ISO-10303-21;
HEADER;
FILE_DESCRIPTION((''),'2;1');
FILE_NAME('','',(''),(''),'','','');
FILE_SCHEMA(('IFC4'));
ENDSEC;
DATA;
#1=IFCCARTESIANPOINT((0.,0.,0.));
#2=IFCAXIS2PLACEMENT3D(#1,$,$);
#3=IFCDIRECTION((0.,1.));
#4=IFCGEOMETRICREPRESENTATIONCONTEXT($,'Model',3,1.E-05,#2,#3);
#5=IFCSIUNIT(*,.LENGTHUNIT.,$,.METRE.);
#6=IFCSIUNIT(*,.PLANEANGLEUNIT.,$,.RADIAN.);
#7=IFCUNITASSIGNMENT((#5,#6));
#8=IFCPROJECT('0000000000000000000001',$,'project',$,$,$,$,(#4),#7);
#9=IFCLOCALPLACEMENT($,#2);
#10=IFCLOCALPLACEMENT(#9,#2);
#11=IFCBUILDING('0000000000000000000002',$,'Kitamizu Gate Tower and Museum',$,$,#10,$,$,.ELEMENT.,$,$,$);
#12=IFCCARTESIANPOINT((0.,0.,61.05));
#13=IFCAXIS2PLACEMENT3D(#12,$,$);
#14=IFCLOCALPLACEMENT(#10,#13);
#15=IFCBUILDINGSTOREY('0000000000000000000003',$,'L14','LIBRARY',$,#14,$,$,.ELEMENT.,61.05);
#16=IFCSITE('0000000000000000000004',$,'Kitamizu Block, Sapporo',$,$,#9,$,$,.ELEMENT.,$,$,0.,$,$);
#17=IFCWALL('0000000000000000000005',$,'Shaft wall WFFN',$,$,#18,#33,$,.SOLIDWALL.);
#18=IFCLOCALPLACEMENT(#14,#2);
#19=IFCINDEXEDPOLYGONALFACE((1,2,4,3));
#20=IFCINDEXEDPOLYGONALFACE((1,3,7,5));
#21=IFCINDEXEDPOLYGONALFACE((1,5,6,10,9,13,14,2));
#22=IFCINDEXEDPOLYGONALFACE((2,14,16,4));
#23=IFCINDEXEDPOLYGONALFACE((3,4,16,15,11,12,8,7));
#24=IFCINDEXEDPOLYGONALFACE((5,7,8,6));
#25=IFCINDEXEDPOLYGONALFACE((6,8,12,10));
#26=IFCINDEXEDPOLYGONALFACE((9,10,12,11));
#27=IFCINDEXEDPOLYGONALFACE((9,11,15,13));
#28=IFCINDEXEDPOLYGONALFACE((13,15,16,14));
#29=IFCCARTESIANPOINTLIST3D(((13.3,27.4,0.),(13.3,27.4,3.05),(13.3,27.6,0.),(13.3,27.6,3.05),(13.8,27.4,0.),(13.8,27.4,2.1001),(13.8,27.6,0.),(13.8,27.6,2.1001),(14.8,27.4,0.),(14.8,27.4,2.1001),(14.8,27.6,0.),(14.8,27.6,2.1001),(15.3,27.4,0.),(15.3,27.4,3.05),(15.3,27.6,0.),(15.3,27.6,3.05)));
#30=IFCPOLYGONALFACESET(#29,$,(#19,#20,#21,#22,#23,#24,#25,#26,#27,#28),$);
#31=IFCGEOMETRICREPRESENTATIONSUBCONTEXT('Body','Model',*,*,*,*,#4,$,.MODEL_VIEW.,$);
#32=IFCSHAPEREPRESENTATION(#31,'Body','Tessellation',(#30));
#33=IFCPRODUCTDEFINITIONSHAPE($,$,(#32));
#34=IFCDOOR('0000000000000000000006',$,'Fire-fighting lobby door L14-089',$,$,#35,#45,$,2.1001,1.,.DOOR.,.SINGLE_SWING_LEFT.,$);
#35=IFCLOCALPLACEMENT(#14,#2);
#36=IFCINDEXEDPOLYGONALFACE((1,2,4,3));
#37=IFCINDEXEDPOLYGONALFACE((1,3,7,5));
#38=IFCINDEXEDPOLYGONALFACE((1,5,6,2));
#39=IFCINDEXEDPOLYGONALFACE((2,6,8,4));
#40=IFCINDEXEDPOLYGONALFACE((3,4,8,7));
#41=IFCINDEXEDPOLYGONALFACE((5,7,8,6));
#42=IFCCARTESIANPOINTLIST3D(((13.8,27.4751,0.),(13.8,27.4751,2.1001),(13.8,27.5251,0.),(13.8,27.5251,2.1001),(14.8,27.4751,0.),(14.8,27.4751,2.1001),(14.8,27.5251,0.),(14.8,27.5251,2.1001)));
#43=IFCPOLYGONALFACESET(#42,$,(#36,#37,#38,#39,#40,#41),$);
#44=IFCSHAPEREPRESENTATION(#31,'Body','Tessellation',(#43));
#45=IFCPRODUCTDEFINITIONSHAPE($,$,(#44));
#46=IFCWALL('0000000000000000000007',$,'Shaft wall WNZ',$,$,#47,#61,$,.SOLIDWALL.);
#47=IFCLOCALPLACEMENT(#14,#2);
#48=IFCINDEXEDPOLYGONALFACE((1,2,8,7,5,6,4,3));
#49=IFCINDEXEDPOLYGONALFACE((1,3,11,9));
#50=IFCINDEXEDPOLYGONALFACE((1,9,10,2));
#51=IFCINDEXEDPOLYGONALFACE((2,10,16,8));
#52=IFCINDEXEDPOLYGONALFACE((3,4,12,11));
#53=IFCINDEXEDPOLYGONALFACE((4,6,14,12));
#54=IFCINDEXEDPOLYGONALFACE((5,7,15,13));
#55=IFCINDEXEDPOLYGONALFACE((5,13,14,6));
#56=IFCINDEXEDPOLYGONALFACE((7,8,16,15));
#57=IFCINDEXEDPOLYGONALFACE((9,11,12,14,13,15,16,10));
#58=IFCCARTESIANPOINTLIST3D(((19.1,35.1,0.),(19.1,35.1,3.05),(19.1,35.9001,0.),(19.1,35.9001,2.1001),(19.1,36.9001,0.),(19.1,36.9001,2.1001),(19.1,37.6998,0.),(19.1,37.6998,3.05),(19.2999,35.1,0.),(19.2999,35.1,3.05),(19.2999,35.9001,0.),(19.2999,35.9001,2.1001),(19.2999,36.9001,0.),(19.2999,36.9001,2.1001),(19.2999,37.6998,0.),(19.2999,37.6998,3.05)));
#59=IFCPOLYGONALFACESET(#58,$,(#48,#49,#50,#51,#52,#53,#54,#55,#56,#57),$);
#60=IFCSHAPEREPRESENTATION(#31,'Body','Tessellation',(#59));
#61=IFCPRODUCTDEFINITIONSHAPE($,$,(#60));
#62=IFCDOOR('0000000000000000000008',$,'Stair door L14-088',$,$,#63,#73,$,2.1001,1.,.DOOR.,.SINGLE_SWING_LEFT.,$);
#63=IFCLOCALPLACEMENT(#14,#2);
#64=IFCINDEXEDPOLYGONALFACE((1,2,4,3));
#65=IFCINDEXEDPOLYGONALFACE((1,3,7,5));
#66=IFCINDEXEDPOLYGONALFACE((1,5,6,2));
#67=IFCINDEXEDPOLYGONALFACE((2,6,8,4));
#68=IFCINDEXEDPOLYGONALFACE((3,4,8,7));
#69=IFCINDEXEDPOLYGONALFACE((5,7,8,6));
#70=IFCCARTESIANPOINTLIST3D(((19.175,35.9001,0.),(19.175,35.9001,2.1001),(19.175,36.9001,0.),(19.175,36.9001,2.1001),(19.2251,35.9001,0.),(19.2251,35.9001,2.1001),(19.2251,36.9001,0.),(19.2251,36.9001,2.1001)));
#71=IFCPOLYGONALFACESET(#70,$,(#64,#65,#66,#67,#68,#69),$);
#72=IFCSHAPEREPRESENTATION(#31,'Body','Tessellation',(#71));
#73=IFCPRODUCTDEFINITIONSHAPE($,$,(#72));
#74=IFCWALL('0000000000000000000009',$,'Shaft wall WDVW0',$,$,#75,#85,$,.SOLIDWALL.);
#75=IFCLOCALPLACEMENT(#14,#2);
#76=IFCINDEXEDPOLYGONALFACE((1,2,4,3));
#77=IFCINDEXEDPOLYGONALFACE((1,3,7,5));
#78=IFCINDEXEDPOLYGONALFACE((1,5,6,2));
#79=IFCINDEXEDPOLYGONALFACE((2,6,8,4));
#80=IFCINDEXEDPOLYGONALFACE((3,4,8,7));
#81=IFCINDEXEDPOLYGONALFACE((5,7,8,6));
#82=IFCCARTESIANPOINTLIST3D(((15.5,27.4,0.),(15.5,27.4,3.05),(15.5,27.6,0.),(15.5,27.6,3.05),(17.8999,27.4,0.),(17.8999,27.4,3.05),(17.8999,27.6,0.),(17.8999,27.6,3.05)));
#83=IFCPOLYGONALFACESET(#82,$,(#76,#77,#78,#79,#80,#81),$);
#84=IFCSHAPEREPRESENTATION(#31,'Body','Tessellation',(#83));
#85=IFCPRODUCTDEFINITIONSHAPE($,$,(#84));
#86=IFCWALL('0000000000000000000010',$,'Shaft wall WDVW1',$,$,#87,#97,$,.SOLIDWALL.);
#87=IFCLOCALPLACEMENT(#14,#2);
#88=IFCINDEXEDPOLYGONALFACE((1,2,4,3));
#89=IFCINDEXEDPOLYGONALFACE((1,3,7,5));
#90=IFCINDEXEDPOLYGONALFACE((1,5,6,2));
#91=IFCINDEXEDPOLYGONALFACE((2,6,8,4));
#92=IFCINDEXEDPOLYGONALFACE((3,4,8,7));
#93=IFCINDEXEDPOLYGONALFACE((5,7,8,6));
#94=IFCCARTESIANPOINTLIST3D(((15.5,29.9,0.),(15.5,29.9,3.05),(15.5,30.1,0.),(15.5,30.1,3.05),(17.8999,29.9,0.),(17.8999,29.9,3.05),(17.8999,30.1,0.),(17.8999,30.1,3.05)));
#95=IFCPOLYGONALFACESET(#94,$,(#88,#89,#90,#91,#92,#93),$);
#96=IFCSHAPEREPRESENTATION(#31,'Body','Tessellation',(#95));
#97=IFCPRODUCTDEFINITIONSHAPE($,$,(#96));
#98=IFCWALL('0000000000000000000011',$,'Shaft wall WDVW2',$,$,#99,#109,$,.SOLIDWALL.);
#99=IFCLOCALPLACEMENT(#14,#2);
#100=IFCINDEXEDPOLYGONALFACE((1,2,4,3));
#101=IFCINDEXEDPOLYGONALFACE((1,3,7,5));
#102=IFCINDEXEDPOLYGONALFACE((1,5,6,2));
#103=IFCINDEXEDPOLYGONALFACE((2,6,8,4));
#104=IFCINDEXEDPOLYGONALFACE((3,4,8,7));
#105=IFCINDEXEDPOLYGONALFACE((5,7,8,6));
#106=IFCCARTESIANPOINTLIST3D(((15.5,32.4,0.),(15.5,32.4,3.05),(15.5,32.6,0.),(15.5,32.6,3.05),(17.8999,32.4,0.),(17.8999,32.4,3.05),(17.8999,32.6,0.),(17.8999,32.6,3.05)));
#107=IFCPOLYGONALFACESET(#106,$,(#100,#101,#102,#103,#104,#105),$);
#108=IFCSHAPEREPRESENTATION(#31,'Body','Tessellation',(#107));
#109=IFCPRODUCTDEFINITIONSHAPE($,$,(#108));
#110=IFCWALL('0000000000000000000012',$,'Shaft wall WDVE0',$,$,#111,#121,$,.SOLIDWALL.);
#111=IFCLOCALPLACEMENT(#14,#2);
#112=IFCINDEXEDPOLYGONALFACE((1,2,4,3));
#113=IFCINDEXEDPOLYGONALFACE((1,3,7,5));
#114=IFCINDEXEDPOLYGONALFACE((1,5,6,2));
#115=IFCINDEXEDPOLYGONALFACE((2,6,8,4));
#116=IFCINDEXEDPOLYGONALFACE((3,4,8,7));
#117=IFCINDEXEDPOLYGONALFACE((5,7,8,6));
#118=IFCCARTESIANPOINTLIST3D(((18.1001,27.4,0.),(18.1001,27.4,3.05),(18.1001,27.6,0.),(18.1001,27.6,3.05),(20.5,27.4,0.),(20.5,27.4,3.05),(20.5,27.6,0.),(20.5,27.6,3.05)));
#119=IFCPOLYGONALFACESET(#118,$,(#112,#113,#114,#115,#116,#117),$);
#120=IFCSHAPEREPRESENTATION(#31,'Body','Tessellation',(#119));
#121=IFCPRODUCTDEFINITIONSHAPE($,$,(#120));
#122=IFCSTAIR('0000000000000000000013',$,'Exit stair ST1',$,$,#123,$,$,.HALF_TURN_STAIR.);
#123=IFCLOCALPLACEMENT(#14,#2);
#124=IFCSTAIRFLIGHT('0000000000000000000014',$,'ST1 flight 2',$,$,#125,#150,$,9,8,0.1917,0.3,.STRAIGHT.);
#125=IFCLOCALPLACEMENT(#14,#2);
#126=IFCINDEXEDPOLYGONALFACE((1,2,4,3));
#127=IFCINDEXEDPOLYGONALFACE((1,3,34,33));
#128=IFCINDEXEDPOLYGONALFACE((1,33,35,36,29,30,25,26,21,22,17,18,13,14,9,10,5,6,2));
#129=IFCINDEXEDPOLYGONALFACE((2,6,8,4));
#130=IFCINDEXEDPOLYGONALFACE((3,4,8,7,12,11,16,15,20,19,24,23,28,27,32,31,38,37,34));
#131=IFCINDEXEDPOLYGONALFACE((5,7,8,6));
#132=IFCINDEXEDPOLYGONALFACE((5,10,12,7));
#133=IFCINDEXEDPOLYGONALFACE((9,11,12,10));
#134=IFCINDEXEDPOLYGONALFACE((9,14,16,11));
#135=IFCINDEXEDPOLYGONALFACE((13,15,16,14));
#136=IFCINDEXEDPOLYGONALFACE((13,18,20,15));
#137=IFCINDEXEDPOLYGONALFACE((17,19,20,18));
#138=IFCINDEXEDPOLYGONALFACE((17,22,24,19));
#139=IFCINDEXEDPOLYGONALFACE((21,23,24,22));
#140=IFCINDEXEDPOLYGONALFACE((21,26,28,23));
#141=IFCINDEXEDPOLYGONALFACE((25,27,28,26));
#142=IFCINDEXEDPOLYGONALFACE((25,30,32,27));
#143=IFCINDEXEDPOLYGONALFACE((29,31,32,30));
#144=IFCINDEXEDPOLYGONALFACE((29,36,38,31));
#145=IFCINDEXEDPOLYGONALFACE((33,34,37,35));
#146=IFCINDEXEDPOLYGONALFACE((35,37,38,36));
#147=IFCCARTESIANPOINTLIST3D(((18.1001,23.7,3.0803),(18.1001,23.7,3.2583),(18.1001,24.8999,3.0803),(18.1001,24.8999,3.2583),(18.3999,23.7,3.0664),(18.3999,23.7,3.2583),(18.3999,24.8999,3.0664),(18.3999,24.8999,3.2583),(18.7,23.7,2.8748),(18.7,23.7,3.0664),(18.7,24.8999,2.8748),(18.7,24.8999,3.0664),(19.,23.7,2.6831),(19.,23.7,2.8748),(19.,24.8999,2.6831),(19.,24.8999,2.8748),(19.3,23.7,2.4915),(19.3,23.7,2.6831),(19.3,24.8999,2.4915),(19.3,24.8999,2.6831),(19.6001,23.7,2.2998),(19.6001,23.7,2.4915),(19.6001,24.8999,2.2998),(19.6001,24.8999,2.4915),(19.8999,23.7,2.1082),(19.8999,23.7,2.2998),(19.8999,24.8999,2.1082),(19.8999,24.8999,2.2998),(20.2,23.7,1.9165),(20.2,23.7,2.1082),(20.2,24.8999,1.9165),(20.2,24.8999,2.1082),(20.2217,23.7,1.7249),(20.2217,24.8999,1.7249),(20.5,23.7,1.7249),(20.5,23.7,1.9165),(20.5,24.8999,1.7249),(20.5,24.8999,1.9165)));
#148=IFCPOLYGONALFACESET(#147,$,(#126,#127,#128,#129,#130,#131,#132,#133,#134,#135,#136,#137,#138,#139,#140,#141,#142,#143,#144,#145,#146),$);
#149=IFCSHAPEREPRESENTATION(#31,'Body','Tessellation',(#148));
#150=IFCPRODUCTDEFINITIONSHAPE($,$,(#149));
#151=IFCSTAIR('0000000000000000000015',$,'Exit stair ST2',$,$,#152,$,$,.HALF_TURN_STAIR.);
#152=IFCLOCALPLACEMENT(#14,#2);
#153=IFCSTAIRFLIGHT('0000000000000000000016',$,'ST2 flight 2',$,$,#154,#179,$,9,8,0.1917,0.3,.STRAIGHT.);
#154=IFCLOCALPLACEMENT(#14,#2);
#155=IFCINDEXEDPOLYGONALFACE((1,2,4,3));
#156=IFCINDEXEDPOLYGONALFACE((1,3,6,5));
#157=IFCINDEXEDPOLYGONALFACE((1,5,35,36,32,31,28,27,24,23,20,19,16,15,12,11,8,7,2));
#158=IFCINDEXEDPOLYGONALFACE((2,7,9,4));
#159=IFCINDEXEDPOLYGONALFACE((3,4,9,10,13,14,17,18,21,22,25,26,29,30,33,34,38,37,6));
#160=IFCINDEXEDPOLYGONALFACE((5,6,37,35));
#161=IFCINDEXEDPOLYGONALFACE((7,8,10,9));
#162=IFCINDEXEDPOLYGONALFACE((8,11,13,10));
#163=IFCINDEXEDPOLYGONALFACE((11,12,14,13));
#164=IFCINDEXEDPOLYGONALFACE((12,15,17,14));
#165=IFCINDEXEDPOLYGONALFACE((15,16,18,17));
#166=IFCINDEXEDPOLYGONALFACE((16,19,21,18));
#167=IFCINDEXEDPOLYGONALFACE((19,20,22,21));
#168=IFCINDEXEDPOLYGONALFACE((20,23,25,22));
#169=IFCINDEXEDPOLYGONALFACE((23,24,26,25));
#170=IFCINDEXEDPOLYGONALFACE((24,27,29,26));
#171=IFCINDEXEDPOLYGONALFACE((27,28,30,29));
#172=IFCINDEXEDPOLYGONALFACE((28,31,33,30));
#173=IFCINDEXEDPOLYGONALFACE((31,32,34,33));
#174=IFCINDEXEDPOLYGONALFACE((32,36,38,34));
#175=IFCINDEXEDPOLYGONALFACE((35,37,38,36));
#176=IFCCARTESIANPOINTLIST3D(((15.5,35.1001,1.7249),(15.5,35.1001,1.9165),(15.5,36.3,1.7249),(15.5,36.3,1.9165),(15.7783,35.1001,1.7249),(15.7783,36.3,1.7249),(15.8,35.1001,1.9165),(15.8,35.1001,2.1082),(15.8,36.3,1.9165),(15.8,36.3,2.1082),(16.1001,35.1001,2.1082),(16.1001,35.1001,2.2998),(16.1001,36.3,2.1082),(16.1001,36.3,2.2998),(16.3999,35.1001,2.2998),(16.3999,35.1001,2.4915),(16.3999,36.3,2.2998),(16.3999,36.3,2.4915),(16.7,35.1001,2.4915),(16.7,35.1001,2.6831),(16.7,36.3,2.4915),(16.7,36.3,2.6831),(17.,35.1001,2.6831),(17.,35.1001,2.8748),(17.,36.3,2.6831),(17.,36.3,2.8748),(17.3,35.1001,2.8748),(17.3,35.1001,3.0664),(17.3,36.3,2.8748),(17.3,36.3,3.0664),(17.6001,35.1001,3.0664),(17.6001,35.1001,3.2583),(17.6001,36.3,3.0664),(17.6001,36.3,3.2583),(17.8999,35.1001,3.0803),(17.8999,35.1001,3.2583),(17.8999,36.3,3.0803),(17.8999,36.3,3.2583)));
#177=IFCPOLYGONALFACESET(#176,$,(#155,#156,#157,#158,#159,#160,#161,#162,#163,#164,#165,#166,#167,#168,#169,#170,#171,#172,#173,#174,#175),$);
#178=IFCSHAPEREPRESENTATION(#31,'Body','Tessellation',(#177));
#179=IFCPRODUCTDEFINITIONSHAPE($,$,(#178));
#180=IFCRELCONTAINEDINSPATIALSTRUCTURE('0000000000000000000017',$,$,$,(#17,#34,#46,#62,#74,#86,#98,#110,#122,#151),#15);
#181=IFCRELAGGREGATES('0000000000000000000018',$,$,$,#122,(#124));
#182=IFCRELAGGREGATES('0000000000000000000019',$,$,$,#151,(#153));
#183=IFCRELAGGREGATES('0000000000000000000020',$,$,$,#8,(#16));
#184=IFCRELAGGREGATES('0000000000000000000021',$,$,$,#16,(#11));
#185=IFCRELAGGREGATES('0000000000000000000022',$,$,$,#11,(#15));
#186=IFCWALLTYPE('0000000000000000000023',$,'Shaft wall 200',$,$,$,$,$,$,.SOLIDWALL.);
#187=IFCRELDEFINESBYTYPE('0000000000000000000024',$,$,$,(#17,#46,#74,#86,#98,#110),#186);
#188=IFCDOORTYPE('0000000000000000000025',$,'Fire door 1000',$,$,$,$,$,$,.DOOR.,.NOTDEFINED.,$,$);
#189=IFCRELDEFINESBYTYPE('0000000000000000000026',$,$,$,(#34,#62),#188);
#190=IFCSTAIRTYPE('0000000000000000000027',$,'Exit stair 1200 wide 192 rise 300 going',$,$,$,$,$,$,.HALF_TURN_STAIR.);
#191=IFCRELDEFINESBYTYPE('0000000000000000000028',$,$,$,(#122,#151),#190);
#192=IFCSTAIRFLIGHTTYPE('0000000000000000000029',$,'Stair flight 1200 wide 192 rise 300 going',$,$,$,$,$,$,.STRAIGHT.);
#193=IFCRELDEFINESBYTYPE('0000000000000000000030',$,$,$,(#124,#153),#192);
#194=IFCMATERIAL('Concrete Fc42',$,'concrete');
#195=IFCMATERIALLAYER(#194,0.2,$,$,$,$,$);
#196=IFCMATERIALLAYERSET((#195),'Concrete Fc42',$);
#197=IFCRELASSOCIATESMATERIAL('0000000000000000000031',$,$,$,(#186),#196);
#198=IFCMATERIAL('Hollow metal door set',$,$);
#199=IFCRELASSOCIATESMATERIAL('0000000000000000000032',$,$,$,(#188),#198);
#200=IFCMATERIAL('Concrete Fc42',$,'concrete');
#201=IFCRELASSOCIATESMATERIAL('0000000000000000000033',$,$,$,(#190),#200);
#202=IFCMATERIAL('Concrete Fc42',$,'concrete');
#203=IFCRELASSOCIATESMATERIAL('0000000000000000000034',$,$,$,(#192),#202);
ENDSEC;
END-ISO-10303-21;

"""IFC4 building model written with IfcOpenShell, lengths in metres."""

from ifc_helpers import new_model, si_unit, direction, frame, frame_2d, origin, place, context, subcontext, project, spatial, polyline, rectangle, outline, extrude, material, layer, layer_set, type_object, element, fill, aggregate, save


model = new_model("IFC4")

# Units and contexts
model_context = context("Model", 3, precision=1e-05, world=origin(), true_north=direction((0.0, 1.0)))
body_context = subcontext(model_context, "Body", "Model", "MODEL_VIEW")
ifc_project = project(units=[si_unit("LENGTHUNIT", "METRE"), si_unit("PLANEANGLEUNIT", "RADIAN")], contexts=[model_context])

# Site, building, storey
site_placement = place(None, origin())
site = spatial("IfcSite", under=ifc_project, at=site_placement, Name="Kitamizu Block, Sapporo", CompositionType="ELEMENT", RefElevation=0.0)
building_placement = place(site_placement, origin())
building = spatial("IfcBuilding", under=site, at=building_placement, Name="Kitamizu Gate Tower and Museum", CompositionType="ELEMENT")
storey_placement = place(building_placement, frame((0.0, 0.0, 61.05)))
storey = spatial("IfcBuildingStorey", under=building, at=storey_placement, Name="L14", Description="LIBRARY", CompositionType="ELEMENT", Elevation=61.05)

# Shared definitions
ifc_material_1 = material(Name="Concrete Fc42", Category="concrete")
ifc_layer_1 = layer(ifc_material_1, 0.2)
ifc_layer_set_1 = layer_set([ifc_layer_1], Name="Concrete Fc42")
wall_type_1 = type_object("IfcWallType", Name="Shaft wall 200", PredefinedType="SOLIDWALL", material=ifc_layer_set_1)

# Walls, openings, doors
wall_1_placement = place(storey_placement, frame((13.3, 27.5, 0.0), z_axis=(0.0, 0.0, 1.0), x_axis=(1.0, 0.0, 0.0)))
wall_1 = element("IfcWall", 1, at=wall_1_placement, inside=storey, type_object=wall_type_1, Name="Shaft wall WFFN", PredefinedType="SOLIDWALL", context=body_context, shape_type="SweptSolid", body=[
    extrude(rectangle(XDim=2.0, YDim=0.2, at=frame_2d((1.0, 0.0))), origin(), (0.0, 0.0, 1.0), 3.05),
])
opening_1_placement = place(wall_1_placement, frame((0.5, 0.0, 0.0)))
opening_1 = element("IfcOpeningElement", 2, at=opening_1_placement, cuts=wall_1, PredefinedType="OPENING", context=body_context, shape_type="SweptSolid", body=[
    extrude(rectangle(XDim=1.0, YDim=2.1001, at=frame_2d((0.5, 1.05))), frame((0.0, 0.1099, 0.0), z_axis=(0.0, -1.0, 0.0), x_axis=(1.0, 0.0, 0.0)), (0.0, 0.0, 1.0), 0.22),
])
ifc_material_2 = material(Name="Hollow metal door set")
door_type_1 = type_object("IfcDoorType", Name="Fire door 1000", OperationType="NOTDEFINED", PredefinedType="DOOR", material=ifc_material_2)
door_1_placement = place(opening_1_placement, frame((1.0, 0.0, 0.0), x_axis=(-1.0, 0.0, 0.0)))
door_1 = element("IfcDoor", 3, at=door_1_placement, inside=storey, type_object=door_type_1, Name="Fire-fighting lobby door L14-089", OperationType="SINGLE_SWING_LEFT", OverallHeight=2.1001, OverallWidth=1.0, PredefinedType="DOOR", context=body_context, shape_type="SweptSolid", body=[
    extrude(rectangle(XDim=1.0, YDim=2.1001, at=frame_2d((0.5, 1.05))), frame((0.0, 0.0249, 0.0), z_axis=(0.0, -1.0, 0.0), x_axis=(1.0, 0.0, 0.0)), (0.0, 0.0, 1.0), 0.05),
])
fill(opening_1, door_1)
wall_2_placement = place(storey_placement, frame((19.2, 35.1001, 0.0), z_axis=(0.0, 0.0, 1.0), x_axis=(0.0, 1.0, 0.0)))
wall_2 = element("IfcWall", 4, at=wall_2_placement, inside=storey, type_object=wall_type_1, Name="Shaft wall WNZ", PredefinedType="SOLIDWALL", context=body_context, shape_type="SweptSolid", body=[
    extrude(rectangle(XDim=2.5999, YDim=0.2, at=frame_2d((1.2998, 0.0))), origin(), (0.0, 0.0, 1.0), 3.05),
])
opening_2_placement = place(wall_2_placement, frame((0.8, 0.0, 0.0)))
opening_2 = element("IfcOpeningElement", 5, at=opening_2_placement, cuts=wall_2, PredefinedType="OPENING", context=body_context, shape_type="SweptSolid", body=[
    extrude(rectangle(XDim=1.0, YDim=2.1001, at=frame_2d((0.5, 1.05))), frame((0.0, 0.1099, 0.0), z_axis=(0.0, -1.0, 0.0), x_axis=(1.0, 0.0, 0.0)), (0.0, 0.0, 1.0), 0.22),
])
door_2_placement = place(opening_2_placement, origin())
door_2 = element("IfcDoor", 6, at=door_2_placement, inside=storey, type_object=door_type_1, Name="Stair door L14-088", OperationType="SINGLE_SWING_LEFT", OverallHeight=2.1001, OverallWidth=1.0, PredefinedType="DOOR", context=body_context, shape_type="SweptSolid", body=[
    extrude(rectangle(XDim=1.0, YDim=2.1001, at=frame_2d((0.5, 1.05))), frame((0.0, 0.0249, 0.0), z_axis=(0.0, -1.0, 0.0), x_axis=(1.0, 0.0, 0.0)), (0.0, 0.0, 1.0), 0.05),
])
fill(opening_2, door_2)

# Walls
for number, where, z_axis, x_axis, name in (
    (7, (15.5, 27.5, 0.0), (0.0, 0.0, 1.0), (1.0, 0.0, 0.0), "Shaft wall WDVW0"),
    (8, (15.5, 30.0, 0.0), (0.0, 0.0, 1.0), (1.0, 0.0, 0.0), "Shaft wall WDVW1"),
    (9, (15.5, 32.5, 0.0), (0.0, 0.0, 1.0), (1.0, 0.0, 0.0), "Shaft wall WDVW2"),
    (10, (18.1001, 27.5, 0.0), (0.0, 0.0, 1.0), (1.0, 0.0, 0.0), "Shaft wall WDVE0"),
):
    element("IfcWall", number, at=place(storey_placement, frame(where, z_axis=z_axis, x_axis=x_axis)), inside=storey, type_object=wall_type_1, Name=name, PredefinedType="SOLIDWALL", context=body_context, shape_type="SweptSolid", body=[
        extrude(rectangle(XDim=2.3999, YDim=0.2, at=frame_2d((1.2, 0.0))), origin(), (0.0, 0.0, 1.0), 3.05),
    ])

# Stairs, stair flights
ifc_material_3 = material(Name="Concrete Fc42", Category="concrete")
stair_type = type_object("IfcStairType", Name="Exit stair 1200 wide 192 rise 300 going", PredefinedType="HALF_TURN_STAIR", material=ifc_material_3)
stair_1_placement = place(storey_placement, origin())
stair_1 = element("IfcStair", 11, at=stair_1_placement, inside=storey, type_object=stair_type, Name="Exit stair ST1", PredefinedType="HALF_TURN_STAIR")
ifc_material_4 = material(Name="Concrete Fc42", Category="concrete")
stair_flight_type = type_object("IfcStairFlightType", Name="Stair flight 1200 wide 192 rise 300 going", PredefinedType="STRAIGHT", material=ifc_material_4)
stair_flight_1_placement = place(storey_placement, frame((20.5, 24.3, 1.7249), z_axis=(0.0, 0.0, 1.0), x_axis=(-1.0, 0.0, 0.0)))
stair_flight_1 = element("IfcStairFlight", 12, at=stair_flight_1_placement, type_object=stair_flight_type, Name="ST1 flight 2", NumberOfRisers=9, NumberOfTreads=8, PredefinedType="STRAIGHT", RiserHeight=0.1917, TreadLength=0.3, context=body_context, shape_type="SweptSolid", body=[
    extrude(outline(polyline([(0.0, 0.0), (0.0, 0.1917), (0.3, 0.1917), (0.3, 0.3833), (0.6001, 0.3833), (0.6001, 0.575), (0.8999, 0.575), (0.8999, 0.7666), (1.2, 0.7666), (1.2, 0.9583), (1.5, 0.9583), (1.5, 1.1499), (1.8, 1.1499), (1.8, 1.3416), (2.1001, 1.3416), (2.1001, 1.5334), (2.3999, 1.5334), (2.3999, 1.7251), (2.3999, 1.3555), (0.2783, 0.0), (0.0, 0.0)])), frame((0.0, 0.6001, 0.0), z_axis=(0.0, -1.0, 0.0), x_axis=(1.0, 0.0, 0.0)), (0.0, 0.0, 1.0), 1.2),
])
aggregate(stair_1, [stair_flight_1])
stair_2_placement = place(storey_placement, origin())
stair_2 = element("IfcStair", 13, at=stair_2_placement, inside=storey, type_object=stair_type, Name="Exit stair ST2", PredefinedType="HALF_TURN_STAIR")
stair_flight_2_placement = place(storey_placement, frame((15.5, 35.7, 1.7249), z_axis=(0.0, 0.0, 1.0), x_axis=(1.0, 0.0, 0.0)))
stair_flight_2 = element("IfcStairFlight", 14, at=stair_flight_2_placement, type_object=stair_flight_type, Name="ST2 flight 2", NumberOfRisers=9, NumberOfTreads=8, PredefinedType="STRAIGHT", RiserHeight=0.1917, TreadLength=0.3, context=body_context, shape_type="SweptSolid", body=[
    extrude(outline(polyline([(0.0, 0.0), (0.0, 0.1917), (0.3, 0.1917), (0.3, 0.3833), (0.6001, 0.3833), (0.6001, 0.575), (0.8999, 0.575), (0.8999, 0.7666), (1.2, 0.7666), (1.2, 0.9583), (1.5, 0.9583), (1.5, 1.1499), (1.8, 1.1499), (1.8, 1.3416), (2.1001, 1.3416), (2.1001, 1.5334), (2.3999, 1.5334), (2.3999, 1.7251), (2.3999, 1.3555), (0.2783, 0.0), (0.0, 0.0)])), frame((0.0, 0.6001, 0.0), z_axis=(0.0, -1.0, 0.0), x_axis=(1.0, 0.0, 0.0)), (0.0, 0.0, 1.0), 1.2),
])
aggregate(stair_2, [stair_flight_2])

save(model, "model.ifc")
